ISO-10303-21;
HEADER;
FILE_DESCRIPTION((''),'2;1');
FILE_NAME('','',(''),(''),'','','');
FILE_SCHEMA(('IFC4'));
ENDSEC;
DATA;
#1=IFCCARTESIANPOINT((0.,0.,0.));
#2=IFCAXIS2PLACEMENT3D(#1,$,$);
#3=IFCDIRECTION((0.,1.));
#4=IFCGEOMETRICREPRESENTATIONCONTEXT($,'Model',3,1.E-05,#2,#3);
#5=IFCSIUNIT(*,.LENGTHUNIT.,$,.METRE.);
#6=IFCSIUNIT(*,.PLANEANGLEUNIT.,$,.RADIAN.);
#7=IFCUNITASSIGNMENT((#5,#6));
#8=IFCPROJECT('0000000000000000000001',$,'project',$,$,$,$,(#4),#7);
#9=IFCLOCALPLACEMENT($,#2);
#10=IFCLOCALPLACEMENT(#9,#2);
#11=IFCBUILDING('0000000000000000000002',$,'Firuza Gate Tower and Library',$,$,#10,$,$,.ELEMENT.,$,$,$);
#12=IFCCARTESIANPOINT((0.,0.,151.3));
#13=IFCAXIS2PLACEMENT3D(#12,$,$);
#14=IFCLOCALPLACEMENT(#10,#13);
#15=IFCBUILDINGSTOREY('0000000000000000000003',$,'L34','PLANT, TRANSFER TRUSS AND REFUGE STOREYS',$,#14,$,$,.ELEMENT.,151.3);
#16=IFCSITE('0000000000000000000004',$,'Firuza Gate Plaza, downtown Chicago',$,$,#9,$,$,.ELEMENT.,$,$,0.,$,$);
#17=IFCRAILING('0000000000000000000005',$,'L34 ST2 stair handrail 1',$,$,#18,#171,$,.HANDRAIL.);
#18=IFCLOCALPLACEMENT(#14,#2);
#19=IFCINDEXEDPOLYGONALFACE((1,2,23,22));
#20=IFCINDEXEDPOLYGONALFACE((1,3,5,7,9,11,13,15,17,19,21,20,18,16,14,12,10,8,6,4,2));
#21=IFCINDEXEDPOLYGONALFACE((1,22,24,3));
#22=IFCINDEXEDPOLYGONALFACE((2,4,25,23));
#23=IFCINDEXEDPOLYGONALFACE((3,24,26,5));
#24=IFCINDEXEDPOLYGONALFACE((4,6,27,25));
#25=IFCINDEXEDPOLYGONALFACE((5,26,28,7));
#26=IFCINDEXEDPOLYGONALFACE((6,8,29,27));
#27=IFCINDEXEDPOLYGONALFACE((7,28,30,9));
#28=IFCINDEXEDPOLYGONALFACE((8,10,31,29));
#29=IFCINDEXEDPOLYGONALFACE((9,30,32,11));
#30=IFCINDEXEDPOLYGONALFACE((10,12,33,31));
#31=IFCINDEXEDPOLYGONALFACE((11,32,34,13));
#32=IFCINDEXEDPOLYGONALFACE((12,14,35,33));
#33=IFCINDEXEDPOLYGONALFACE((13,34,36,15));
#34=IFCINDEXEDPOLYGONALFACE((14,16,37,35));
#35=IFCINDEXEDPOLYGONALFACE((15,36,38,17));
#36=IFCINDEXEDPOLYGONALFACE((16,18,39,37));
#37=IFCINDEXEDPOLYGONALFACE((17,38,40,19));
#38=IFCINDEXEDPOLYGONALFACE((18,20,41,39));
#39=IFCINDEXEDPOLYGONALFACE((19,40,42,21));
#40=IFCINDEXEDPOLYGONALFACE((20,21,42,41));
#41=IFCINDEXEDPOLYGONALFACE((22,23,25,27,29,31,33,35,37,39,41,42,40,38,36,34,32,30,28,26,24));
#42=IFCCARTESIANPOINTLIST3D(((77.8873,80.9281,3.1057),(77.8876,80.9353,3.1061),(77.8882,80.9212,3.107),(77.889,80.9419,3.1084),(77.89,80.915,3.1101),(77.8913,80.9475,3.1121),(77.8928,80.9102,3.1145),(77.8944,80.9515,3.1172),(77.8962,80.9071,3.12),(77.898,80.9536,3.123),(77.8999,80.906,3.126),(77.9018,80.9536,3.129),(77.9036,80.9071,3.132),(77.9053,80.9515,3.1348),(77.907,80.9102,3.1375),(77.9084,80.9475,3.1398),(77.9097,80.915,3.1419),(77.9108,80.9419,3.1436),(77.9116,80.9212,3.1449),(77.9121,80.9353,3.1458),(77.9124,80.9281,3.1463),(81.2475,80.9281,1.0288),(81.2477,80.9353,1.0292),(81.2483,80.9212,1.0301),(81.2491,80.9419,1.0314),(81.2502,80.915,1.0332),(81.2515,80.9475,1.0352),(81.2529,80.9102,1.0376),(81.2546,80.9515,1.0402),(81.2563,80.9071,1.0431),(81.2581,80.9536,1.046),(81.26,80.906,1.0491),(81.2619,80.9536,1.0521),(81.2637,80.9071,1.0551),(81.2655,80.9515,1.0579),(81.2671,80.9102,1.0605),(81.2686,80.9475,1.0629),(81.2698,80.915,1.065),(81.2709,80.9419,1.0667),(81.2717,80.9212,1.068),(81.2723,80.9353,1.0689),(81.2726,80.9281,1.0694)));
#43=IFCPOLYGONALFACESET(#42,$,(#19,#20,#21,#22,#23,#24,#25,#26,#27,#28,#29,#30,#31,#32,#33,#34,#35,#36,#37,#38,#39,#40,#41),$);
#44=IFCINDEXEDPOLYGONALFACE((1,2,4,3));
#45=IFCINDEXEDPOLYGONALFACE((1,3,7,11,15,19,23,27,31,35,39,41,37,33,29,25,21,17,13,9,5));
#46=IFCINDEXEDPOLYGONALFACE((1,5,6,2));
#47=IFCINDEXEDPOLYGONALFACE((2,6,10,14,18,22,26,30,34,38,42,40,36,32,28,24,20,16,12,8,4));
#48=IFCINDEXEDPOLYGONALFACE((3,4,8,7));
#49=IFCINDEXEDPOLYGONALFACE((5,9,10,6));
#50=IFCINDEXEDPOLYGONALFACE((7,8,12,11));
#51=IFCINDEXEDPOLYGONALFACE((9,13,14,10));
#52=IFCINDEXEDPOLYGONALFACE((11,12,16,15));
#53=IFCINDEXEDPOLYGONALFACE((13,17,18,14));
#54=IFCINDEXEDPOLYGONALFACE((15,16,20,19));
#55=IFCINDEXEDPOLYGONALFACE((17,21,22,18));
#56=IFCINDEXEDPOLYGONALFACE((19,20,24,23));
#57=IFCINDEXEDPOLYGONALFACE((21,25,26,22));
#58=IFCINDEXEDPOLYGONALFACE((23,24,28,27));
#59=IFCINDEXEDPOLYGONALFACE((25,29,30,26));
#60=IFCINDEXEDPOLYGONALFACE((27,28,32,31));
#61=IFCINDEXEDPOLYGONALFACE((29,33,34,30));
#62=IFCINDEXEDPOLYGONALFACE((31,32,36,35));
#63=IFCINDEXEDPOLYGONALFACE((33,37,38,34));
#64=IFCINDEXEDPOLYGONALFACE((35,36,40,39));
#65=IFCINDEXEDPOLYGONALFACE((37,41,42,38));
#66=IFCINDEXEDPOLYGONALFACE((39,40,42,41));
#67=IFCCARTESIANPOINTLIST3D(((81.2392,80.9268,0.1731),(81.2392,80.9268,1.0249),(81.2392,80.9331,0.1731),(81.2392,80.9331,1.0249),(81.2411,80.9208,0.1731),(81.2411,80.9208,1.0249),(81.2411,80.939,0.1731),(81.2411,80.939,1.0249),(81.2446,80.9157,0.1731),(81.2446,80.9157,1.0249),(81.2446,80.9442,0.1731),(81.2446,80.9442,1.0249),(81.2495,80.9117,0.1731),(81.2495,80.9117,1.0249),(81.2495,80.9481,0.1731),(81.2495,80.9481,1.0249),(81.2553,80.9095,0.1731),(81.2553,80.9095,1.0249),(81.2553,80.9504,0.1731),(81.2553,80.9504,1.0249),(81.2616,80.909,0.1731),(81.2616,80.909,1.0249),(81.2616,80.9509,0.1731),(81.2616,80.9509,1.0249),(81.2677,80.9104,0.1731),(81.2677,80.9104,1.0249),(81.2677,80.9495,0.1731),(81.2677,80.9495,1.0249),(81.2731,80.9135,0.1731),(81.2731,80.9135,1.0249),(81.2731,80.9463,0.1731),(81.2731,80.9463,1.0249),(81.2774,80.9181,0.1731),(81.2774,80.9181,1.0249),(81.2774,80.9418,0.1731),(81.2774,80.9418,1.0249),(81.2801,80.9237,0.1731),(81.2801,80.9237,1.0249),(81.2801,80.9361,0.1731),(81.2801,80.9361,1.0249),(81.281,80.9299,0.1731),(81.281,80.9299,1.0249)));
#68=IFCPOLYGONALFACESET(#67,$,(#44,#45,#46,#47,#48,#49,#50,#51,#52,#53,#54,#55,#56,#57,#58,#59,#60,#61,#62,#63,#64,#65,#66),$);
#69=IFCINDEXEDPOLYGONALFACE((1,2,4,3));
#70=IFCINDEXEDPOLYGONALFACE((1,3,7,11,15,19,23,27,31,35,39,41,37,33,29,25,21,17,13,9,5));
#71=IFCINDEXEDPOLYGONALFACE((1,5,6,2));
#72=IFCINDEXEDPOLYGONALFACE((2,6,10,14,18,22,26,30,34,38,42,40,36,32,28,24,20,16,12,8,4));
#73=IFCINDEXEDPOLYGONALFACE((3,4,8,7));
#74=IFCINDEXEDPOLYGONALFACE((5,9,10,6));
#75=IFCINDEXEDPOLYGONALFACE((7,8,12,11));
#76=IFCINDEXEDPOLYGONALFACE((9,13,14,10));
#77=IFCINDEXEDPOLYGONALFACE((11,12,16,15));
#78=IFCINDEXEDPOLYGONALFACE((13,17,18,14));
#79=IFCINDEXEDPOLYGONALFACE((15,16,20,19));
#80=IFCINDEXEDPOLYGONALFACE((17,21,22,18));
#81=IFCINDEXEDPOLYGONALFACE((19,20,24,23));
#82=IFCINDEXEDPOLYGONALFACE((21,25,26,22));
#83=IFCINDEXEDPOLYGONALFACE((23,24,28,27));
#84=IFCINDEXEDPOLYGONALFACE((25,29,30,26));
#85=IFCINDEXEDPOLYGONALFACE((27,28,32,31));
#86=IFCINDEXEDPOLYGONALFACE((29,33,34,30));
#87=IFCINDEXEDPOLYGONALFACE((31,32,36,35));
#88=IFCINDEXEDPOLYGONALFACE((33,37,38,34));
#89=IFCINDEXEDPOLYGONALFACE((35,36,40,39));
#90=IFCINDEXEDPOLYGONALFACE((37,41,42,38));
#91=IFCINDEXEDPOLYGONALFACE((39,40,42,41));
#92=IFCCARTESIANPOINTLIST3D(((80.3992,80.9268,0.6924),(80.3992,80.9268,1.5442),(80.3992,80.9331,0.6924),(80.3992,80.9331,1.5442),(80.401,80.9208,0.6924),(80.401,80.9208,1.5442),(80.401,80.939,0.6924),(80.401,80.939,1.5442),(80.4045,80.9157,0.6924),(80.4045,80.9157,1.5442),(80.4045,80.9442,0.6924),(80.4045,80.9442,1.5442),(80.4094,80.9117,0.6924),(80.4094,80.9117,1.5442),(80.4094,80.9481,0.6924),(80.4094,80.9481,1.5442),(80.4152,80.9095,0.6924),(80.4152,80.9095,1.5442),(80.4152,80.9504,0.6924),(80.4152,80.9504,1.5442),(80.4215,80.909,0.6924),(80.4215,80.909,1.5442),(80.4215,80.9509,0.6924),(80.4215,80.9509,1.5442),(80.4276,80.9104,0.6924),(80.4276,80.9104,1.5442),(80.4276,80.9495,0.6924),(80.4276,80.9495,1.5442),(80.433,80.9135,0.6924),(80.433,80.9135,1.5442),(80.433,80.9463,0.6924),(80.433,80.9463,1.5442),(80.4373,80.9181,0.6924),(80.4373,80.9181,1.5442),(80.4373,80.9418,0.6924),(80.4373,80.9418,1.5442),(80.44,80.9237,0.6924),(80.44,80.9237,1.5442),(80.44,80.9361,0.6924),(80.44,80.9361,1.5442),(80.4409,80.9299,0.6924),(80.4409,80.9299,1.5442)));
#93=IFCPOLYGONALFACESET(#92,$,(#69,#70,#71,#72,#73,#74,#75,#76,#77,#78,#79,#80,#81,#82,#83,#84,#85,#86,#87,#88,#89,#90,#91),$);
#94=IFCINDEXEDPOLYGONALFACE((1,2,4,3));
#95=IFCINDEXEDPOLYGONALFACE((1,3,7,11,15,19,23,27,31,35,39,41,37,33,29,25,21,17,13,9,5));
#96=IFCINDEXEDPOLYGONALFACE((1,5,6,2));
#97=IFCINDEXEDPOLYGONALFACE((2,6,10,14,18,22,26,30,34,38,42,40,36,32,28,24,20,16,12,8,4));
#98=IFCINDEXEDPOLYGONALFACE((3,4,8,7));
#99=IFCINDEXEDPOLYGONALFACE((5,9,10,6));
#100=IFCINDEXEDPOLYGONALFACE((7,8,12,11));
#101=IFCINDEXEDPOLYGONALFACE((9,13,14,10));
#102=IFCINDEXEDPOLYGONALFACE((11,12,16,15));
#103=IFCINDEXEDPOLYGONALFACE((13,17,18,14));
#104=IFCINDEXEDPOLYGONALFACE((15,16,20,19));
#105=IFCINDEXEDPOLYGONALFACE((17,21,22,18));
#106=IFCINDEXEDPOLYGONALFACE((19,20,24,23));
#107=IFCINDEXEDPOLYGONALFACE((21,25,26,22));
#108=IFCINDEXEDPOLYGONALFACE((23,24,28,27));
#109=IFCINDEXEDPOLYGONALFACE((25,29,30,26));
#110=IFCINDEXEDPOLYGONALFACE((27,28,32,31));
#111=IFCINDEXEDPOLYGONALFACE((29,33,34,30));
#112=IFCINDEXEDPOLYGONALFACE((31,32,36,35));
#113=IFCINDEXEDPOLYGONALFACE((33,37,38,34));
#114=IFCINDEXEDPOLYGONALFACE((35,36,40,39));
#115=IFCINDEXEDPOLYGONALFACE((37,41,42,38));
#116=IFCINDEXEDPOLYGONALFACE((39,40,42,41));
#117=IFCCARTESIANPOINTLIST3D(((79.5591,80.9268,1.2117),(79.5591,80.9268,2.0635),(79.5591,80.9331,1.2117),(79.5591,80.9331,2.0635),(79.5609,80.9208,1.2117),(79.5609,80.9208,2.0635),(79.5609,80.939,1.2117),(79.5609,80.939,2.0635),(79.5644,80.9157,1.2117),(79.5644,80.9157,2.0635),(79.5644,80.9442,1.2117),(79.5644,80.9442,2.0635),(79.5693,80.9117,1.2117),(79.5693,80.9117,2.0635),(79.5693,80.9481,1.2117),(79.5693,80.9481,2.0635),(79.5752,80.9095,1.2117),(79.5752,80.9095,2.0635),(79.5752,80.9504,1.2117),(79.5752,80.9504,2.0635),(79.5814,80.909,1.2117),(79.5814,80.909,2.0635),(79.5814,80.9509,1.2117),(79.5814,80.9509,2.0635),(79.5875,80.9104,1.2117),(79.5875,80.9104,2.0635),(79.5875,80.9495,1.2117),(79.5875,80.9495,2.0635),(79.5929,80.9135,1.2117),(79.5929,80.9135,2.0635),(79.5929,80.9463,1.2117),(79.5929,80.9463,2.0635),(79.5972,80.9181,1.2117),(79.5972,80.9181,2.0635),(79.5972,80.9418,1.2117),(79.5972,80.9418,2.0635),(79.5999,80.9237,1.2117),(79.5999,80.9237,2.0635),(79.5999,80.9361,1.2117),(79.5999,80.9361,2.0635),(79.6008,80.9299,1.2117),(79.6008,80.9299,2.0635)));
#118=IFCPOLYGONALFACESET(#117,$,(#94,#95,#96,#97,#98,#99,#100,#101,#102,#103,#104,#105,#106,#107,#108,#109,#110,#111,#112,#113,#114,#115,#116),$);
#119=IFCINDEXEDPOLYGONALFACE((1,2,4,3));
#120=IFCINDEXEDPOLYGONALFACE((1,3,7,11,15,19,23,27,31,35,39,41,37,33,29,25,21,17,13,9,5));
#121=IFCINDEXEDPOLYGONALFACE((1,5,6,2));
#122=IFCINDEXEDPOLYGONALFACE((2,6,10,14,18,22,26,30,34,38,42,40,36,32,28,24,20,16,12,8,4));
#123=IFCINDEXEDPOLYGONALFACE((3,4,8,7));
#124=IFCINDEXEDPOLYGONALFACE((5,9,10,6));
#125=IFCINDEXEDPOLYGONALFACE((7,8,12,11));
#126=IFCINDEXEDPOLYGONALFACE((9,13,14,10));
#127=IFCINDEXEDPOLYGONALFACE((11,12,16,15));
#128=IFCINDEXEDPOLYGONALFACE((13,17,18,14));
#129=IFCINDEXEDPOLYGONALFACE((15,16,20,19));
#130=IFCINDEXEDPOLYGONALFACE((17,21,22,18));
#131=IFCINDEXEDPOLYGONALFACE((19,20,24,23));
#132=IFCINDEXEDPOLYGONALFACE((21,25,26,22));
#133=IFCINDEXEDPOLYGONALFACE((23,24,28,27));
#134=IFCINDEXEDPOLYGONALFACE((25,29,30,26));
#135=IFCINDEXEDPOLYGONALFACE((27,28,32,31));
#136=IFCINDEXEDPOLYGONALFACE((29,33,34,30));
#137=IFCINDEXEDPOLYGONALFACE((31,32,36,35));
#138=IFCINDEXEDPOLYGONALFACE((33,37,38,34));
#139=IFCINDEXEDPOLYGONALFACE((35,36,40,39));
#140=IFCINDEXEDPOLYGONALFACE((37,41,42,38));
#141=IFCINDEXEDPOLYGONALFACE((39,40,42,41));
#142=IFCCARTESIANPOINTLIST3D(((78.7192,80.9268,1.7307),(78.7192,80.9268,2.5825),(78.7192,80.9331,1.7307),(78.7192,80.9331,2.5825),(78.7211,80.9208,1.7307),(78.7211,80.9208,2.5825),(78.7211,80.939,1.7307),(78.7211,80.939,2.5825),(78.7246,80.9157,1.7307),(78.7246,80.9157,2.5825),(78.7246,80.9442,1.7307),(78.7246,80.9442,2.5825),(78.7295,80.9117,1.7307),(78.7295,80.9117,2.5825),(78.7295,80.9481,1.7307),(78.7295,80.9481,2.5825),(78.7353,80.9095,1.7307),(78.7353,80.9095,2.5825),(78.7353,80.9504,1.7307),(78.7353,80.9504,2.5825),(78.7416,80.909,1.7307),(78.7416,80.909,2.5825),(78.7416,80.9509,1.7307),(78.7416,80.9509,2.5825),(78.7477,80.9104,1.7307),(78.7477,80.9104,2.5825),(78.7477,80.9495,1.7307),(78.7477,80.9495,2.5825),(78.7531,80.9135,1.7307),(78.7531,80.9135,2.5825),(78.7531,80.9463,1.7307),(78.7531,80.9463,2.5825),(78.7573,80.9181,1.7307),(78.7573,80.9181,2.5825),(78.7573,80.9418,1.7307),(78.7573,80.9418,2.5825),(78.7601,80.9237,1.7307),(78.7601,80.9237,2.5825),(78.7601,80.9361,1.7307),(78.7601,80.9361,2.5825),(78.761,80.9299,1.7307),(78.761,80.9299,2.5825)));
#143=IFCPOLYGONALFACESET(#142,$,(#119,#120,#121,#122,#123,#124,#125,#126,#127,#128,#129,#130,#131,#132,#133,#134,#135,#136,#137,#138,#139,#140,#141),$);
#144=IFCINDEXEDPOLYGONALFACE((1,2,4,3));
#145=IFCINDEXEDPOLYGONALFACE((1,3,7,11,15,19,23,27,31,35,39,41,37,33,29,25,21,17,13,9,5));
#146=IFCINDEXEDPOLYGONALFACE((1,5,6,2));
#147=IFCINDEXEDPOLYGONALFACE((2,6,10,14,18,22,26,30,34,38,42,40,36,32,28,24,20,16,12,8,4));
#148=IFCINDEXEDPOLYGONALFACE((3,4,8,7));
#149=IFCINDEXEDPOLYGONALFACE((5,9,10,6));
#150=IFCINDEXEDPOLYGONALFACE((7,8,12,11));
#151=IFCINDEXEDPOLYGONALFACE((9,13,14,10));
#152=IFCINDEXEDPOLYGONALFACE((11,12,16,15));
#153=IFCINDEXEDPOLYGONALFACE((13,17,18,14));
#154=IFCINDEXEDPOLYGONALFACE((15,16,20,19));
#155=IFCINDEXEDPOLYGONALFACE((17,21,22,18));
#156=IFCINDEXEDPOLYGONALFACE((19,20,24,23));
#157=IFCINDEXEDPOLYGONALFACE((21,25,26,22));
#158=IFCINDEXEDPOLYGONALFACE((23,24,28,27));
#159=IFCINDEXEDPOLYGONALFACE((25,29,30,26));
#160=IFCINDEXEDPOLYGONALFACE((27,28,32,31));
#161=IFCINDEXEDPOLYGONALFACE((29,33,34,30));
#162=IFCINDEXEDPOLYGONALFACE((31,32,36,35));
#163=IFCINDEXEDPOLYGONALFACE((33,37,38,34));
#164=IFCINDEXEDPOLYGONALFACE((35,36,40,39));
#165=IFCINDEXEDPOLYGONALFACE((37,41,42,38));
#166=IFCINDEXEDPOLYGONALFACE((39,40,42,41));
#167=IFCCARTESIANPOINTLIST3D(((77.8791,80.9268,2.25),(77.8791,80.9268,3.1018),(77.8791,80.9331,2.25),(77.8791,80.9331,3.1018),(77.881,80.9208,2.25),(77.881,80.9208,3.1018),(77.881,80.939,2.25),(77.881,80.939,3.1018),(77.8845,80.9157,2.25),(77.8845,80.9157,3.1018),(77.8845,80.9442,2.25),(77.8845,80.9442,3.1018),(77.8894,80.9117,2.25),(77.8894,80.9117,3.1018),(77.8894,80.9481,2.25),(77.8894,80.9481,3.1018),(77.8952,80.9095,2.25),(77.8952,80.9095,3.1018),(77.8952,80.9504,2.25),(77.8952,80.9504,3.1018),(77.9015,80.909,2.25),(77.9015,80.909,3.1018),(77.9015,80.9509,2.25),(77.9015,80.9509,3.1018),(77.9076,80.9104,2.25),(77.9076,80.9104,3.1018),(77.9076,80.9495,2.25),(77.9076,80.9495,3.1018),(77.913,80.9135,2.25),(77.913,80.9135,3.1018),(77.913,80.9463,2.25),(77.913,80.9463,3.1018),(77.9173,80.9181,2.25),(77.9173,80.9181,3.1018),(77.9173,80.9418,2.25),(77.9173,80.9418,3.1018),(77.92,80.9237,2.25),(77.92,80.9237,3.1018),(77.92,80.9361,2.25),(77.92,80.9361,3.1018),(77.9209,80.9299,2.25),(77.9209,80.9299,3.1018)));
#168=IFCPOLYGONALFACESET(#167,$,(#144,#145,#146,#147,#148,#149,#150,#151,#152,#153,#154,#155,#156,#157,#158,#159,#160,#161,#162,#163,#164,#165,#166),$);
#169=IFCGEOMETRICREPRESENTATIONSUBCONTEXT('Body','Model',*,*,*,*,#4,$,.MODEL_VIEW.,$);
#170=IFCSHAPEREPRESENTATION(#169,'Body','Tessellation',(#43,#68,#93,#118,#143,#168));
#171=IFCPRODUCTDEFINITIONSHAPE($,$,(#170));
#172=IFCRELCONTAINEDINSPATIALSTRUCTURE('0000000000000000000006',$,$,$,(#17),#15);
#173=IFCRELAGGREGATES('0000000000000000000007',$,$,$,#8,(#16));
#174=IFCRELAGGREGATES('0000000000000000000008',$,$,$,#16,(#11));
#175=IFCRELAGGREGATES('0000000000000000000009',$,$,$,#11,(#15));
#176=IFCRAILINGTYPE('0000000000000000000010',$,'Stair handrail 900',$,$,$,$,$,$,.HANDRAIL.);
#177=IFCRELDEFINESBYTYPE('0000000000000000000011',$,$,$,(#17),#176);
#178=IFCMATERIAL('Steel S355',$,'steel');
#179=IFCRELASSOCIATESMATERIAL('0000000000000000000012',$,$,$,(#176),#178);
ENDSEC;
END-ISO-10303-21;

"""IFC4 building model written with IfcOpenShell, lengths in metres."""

from ifc_helpers import new_model, si_unit, direction, frame, origin, origin_2d, place, context, subcontext, project, spatial, circle, extrude, material, type_object, element, save


model = new_model("IFC4")

# Units and contexts
model_context = context("Model", 3, precision=1e-05, world=origin(), true_north=direction((0.0, 1.0)))
body_context = subcontext(model_context, "Body", "Model", "MODEL_VIEW")
ifc_project = project(units=[si_unit("LENGTHUNIT", "METRE"), si_unit("PLANEANGLEUNIT", "RADIAN")], contexts=[model_context])

# Site, building, storey
site_placement = place(None, origin())
site = spatial("IfcSite", under=ifc_project, at=site_placement, Name="Firuza Gate Plaza, downtown Chicago", CompositionType="ELEMENT", RefElevation=0.0)
building_placement = place(site_placement, origin())
building = spatial("IfcBuilding", under=site, at=building_placement, Name="Firuza Gate Tower and Library", CompositionType="ELEMENT")
storey_placement = place(building_placement, frame((0.0, 0.0, 151.3)))
storey = spatial("IfcBuildingStorey", under=building, at=storey_placement, Name="L34", Description="PLANT, TRANSFER TRUSS AND REFUGE STOREYS", CompositionType="ELEMENT", Elevation=151.3)

# Railing
ifc_material_1 = material(Name="Steel S355", Category="steel")
railing_type_1 = type_object("IfcRailingType", Name="Stair handrail 900", PredefinedType="HANDRAIL", material=ifc_material_1)
railing_1_placement = place(storey_placement, frame((81.26, 80.9299, 0.1731)))
element("IfcRailing", 1, at=railing_1_placement, inside=storey, type_object=railing_type_1, Name="L34 ST2 stair handrail 1", PredefinedType="HANDRAIL", context=body_context, shape_type="SweptSolid", body=[
    extrude(circle(Radius=0.0239, at=origin_2d()), frame((0.0, 0.0, 0.876), z_axis=(-0.850623, 0.0, 0.525776), x_axis=(0.0, -1.0, 0.0)), (0.0, 0.0, 1.0), 3.9502),
    extrude(circle(Radius=0.021, at=origin_2d()), origin(), (0.0, 0.0, 1.0), 0.8518),
    extrude(circle(Radius=0.021, at=origin_2d()), frame((-0.8401, 0.0, 0.5193)), (0.0, 0.0, 1.0), 0.8518),
    extrude(circle(Radius=0.021, at=origin_2d()), frame((-1.6802, 0.0, 1.0386)), (0.0, 0.0, 1.0), 0.8518),
    extrude(circle(Radius=0.021, at=origin_2d()), frame((-2.52, 0.0, 1.5576)), (0.0, 0.0, 1.0), 0.8518),
    extrude(circle(Radius=0.021, at=origin_2d()), frame((-3.3601, 0.0, 2.0769)), (0.0, 0.0, 1.0), 0.8518),
])

save(model, "model.ifc")
